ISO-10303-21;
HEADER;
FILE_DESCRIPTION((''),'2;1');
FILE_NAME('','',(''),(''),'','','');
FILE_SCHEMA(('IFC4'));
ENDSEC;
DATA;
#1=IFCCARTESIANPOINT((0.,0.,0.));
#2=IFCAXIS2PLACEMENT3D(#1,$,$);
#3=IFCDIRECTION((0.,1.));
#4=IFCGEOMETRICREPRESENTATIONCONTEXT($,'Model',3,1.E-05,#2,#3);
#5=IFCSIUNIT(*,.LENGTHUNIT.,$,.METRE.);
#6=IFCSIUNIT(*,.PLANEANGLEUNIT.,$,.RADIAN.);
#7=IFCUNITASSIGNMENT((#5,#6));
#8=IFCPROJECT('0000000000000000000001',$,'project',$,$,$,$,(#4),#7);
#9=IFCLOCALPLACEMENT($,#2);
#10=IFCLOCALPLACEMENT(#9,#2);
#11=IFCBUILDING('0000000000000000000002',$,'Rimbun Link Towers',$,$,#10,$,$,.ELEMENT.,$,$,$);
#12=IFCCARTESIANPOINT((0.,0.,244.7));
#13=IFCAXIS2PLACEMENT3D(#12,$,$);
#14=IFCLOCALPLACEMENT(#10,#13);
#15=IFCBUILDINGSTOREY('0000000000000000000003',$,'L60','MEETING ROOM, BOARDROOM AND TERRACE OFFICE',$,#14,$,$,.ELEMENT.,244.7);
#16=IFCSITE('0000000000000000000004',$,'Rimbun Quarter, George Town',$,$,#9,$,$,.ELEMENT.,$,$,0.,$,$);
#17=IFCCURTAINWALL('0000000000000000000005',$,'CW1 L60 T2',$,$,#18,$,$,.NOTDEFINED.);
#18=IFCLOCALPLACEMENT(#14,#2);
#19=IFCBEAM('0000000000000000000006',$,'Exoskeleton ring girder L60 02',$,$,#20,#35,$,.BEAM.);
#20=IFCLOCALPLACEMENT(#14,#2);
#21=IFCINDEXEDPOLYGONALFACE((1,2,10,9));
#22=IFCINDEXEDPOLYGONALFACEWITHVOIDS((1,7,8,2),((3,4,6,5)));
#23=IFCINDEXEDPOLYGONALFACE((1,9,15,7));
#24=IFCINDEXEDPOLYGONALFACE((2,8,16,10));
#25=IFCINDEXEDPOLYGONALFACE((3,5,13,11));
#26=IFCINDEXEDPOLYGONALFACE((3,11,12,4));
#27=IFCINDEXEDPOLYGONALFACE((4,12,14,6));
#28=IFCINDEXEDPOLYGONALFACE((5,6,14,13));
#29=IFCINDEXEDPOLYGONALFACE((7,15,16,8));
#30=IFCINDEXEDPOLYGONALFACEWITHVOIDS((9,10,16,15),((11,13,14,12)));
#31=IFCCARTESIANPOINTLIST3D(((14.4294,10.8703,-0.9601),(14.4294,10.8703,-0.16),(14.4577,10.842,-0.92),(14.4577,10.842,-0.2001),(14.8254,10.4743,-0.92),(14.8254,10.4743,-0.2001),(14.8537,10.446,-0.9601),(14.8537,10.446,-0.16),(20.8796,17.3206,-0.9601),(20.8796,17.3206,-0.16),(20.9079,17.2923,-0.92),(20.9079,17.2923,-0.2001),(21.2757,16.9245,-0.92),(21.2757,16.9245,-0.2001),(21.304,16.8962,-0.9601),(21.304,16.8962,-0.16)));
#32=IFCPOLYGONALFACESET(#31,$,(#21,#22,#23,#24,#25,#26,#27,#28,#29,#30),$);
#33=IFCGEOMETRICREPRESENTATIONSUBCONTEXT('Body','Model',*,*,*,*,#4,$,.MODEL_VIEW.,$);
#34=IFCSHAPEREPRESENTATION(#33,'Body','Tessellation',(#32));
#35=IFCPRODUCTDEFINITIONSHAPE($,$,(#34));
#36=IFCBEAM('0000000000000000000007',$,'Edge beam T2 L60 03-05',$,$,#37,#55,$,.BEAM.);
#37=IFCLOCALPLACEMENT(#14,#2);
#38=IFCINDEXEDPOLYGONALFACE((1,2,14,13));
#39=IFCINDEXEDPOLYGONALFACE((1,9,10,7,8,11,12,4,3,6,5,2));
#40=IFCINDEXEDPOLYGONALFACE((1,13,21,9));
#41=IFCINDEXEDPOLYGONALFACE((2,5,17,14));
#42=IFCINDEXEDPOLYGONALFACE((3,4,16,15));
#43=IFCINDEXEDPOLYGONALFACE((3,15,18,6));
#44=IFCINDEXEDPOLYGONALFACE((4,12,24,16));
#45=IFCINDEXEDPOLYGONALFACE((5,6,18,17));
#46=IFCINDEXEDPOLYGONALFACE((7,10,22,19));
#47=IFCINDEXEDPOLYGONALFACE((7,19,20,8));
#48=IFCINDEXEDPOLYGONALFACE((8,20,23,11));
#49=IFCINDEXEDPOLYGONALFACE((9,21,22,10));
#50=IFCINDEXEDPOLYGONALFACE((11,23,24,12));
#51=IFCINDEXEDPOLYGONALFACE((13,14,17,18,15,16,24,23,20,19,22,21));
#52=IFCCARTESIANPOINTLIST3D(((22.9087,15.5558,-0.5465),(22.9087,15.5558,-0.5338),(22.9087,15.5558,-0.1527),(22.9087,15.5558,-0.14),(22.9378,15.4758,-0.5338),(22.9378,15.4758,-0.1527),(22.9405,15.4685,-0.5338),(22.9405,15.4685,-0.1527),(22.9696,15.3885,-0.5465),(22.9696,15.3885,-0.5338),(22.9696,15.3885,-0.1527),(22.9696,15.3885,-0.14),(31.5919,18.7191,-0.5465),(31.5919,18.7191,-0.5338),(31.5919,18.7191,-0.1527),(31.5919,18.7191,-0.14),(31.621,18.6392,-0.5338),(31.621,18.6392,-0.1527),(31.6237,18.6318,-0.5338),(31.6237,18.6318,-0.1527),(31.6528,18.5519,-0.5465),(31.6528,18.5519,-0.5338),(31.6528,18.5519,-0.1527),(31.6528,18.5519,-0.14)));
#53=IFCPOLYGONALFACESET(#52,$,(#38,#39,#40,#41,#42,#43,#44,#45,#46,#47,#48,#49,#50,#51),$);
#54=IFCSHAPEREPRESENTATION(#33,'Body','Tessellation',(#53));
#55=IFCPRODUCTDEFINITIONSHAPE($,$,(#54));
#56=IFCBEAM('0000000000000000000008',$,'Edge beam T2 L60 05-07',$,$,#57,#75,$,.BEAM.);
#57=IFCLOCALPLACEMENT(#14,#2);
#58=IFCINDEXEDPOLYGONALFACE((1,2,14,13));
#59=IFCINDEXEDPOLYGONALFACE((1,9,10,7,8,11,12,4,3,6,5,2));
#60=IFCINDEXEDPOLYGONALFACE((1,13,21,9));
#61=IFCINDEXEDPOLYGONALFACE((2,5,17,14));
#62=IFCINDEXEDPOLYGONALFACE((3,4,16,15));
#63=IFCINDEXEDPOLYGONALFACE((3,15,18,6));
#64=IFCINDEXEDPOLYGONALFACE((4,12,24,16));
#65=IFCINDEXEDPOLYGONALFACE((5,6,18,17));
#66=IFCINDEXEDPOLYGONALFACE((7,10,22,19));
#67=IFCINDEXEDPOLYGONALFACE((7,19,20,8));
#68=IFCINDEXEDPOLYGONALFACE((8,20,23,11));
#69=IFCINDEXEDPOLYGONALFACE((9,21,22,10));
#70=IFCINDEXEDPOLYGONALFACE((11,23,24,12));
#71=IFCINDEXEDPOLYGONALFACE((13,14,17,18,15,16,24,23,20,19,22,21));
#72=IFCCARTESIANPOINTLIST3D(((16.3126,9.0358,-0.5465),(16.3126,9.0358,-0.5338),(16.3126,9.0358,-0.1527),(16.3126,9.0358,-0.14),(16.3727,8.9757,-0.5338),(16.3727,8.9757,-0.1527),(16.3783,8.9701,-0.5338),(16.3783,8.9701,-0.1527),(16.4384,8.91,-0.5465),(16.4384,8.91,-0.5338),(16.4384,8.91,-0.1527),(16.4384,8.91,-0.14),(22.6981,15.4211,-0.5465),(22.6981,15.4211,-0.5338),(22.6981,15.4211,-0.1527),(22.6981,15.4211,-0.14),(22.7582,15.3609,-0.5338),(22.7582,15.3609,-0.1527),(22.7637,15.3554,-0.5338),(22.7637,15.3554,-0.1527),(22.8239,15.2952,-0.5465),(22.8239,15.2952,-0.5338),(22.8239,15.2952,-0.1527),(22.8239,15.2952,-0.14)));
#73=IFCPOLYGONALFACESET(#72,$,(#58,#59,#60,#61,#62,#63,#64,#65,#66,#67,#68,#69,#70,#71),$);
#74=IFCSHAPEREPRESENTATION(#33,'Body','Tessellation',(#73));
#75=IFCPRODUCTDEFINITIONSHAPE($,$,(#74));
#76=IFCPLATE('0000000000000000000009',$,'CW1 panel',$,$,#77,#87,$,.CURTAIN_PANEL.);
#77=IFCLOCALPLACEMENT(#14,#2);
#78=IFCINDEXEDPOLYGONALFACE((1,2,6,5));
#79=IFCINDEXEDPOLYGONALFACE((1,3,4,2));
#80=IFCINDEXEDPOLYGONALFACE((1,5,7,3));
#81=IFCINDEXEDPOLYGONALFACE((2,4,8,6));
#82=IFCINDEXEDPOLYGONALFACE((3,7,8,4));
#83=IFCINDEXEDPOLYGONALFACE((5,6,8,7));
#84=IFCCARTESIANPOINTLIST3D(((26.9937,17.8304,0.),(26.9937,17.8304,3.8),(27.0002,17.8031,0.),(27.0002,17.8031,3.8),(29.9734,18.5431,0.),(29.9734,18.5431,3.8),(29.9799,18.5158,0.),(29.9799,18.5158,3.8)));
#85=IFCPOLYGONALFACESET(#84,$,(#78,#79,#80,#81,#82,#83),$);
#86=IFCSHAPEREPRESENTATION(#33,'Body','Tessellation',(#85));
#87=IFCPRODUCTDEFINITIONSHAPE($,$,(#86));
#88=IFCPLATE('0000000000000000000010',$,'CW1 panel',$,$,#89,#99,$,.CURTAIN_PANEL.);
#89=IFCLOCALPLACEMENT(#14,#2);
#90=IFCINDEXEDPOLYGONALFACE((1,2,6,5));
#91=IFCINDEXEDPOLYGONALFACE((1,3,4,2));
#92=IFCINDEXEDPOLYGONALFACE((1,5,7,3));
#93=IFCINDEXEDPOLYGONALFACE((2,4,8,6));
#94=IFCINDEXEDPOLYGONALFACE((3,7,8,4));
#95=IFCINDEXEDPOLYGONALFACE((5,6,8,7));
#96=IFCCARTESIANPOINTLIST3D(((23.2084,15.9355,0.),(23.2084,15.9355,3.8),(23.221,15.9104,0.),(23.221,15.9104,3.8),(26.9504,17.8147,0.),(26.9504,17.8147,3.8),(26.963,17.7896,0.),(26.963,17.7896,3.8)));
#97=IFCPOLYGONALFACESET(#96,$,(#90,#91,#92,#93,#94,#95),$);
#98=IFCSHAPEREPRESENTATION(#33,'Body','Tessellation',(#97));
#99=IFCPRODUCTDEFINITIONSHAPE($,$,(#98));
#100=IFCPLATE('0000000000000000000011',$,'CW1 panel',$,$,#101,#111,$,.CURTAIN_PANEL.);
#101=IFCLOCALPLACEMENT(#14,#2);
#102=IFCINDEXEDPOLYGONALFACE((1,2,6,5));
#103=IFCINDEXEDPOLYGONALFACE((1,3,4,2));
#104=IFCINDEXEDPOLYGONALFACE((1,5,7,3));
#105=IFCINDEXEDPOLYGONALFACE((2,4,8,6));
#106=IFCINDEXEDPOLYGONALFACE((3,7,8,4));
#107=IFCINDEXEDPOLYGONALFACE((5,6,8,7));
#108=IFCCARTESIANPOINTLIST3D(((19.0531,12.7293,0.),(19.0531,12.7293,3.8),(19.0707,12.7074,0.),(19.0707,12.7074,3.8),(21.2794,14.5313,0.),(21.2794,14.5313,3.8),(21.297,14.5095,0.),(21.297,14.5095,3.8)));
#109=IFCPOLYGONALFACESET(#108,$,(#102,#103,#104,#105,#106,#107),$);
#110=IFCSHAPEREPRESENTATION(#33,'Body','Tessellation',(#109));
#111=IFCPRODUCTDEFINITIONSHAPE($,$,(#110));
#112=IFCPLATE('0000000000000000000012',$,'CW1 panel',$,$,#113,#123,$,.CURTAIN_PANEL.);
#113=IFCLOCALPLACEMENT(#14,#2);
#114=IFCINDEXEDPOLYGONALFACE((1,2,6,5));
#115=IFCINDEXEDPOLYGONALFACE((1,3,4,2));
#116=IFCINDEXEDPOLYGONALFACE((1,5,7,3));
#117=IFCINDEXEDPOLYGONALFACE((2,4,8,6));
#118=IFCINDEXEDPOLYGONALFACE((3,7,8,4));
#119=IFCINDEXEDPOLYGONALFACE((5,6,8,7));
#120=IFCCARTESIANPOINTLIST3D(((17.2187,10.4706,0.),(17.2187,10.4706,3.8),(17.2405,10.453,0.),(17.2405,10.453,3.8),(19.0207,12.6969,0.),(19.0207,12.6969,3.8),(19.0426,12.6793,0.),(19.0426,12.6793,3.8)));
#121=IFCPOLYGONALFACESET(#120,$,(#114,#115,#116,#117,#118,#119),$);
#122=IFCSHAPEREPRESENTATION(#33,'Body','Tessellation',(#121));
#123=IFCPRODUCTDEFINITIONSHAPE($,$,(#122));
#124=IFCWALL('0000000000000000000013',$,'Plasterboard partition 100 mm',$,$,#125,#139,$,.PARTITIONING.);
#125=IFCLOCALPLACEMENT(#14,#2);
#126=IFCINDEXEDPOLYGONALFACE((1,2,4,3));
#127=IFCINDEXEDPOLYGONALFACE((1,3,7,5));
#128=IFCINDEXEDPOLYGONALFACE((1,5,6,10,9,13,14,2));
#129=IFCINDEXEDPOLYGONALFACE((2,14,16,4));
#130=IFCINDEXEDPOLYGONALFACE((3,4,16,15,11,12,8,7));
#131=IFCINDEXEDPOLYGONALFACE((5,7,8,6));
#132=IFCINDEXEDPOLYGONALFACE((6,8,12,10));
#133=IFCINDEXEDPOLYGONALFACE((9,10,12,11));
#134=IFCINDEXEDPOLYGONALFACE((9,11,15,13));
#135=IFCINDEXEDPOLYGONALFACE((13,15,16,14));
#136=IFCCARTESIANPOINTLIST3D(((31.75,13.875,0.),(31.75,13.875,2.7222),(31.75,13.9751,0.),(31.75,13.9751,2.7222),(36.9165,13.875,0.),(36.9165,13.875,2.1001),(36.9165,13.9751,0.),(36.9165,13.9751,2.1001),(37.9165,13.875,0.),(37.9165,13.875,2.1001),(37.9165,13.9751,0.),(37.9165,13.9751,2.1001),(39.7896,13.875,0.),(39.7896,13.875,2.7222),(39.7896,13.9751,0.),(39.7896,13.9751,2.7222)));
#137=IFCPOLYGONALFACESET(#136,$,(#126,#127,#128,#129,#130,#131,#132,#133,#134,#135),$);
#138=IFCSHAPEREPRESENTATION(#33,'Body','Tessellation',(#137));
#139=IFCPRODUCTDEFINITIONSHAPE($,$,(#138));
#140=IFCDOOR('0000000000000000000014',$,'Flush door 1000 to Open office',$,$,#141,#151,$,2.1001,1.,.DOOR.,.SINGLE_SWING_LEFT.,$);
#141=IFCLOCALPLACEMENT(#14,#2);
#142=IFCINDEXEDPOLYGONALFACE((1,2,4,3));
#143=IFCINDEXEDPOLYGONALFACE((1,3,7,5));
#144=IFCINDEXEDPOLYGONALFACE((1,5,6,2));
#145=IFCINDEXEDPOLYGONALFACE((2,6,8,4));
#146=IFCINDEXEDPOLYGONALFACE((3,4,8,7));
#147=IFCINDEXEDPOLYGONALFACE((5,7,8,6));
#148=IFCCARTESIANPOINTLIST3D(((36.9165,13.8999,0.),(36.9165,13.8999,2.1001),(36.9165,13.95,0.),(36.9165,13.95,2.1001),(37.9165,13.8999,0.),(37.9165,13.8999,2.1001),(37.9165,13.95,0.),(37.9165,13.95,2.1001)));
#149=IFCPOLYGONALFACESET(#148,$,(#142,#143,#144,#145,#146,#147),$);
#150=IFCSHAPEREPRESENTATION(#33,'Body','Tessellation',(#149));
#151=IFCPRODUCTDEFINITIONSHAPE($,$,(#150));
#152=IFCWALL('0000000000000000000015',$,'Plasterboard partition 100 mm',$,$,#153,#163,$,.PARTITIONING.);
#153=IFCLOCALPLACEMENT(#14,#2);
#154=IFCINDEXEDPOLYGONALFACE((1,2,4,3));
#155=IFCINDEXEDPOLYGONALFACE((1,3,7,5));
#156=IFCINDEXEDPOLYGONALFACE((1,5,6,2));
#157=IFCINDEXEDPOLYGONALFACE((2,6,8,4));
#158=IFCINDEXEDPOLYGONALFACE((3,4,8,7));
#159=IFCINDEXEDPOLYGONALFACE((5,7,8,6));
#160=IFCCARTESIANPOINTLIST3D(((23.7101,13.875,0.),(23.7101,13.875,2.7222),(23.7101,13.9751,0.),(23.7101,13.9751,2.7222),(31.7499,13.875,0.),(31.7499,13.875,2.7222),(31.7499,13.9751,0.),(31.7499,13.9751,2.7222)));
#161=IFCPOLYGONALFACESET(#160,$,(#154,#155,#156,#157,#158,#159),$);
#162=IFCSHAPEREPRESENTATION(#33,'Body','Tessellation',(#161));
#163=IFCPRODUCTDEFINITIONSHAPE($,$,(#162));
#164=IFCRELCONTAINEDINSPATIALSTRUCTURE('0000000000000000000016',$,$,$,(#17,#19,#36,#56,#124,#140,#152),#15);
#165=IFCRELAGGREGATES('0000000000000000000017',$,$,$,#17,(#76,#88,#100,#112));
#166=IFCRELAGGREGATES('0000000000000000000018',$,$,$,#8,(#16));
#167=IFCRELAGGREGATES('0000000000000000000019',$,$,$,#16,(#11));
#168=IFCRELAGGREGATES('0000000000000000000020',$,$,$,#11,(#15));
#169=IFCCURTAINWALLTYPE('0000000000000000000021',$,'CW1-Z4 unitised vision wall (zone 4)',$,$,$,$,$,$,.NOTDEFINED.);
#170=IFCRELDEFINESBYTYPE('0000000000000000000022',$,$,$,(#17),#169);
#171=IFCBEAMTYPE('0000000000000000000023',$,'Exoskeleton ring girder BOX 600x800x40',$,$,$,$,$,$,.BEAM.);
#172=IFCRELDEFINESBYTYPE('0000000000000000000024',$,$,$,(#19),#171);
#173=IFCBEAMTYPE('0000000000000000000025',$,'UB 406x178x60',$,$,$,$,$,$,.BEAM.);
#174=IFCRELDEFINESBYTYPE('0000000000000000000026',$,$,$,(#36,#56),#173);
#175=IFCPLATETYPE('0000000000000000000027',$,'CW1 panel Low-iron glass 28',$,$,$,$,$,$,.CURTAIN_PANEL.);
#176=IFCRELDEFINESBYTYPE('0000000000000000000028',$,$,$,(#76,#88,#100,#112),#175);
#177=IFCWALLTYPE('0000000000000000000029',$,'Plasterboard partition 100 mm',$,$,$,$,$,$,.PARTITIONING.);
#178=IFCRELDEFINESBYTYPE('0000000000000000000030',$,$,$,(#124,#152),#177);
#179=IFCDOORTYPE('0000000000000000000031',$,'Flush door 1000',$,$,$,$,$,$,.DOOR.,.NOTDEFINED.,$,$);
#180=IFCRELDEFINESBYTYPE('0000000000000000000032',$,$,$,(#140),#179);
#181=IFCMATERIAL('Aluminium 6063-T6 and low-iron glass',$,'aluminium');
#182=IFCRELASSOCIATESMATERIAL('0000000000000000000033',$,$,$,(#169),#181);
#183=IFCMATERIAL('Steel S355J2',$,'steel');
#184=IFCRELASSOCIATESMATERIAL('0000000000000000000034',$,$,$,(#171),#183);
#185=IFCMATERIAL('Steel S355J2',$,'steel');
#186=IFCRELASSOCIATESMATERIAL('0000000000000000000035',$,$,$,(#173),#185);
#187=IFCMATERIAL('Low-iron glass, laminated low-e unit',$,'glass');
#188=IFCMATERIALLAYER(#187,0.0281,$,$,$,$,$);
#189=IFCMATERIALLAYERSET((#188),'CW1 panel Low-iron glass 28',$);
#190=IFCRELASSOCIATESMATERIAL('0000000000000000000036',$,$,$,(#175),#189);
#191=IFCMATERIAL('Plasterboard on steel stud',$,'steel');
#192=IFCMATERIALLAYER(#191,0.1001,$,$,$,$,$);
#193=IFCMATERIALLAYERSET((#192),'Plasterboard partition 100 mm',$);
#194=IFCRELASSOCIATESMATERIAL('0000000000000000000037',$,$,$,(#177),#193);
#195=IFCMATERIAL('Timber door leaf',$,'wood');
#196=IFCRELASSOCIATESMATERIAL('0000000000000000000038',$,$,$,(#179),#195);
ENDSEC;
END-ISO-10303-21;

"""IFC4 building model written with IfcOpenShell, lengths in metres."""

from ifc_helpers import new_model, si_unit, direction, frame, frame_2d, origin, origin_2d, place, context, subcontext, project, spatial, rectangle, hollow_rectangle, i_section, extrude, material, layer, layer_set, material_profile, profile_set, type_object, element, fill, aggregate, save


model = new_model("IFC4")

# Units and contexts
model_context = context("Model", 3, precision=1e-05, world=origin(), true_north=direction((0.0, 1.0)))
body_context = subcontext(model_context, "Body", "Model", "MODEL_VIEW")
ifc_project = project(units=[si_unit("LENGTHUNIT", "METRE"), si_unit("PLANEANGLEUNIT", "RADIAN")], contexts=[model_context])

# Site, building, storey
site_placement = place(None, origin())
site = spatial("IfcSite", under=ifc_project, at=site_placement, Name="Rimbun Quarter, George Town", CompositionType="ELEMENT", RefElevation=0.0)
building_placement = place(site_placement, origin())
building = spatial("IfcBuilding", under=site, at=building_placement, Name="Rimbun Link Towers", CompositionType="ELEMENT")
storey_placement = place(building_placement, frame((0.0, 0.0, 244.7)))
storey = spatial("IfcBuildingStorey", under=building, at=storey_placement, Name="L60", Description="MEETING ROOM, BOARDROOM AND TERRACE OFFICE", CompositionType="ELEMENT", Elevation=244.7)

# Curtain wall
ifc_material_1 = material(Name="Aluminium 6063-T6 and low-iron glass", Category="aluminium")
curtain_wall_type = type_object("IfcCurtainWallType", Name="CW1-Z4 unitised vision wall (zone 4)", PredefinedType="NOTDEFINED", material=ifc_material_1)
curtain_wall_placement = place(storey_placement, origin())
curtain_wall = element("IfcCurtainWall", 1, at=curtain_wall_placement, inside=storey, type_object=curtain_wall_type, Name="CW1 L60 T2", PredefinedType="NOTDEFINED")

# Beams
ifc_material_2 = material(Name="Steel S355J2", Category="steel")
ifc_material_profile_1 = material_profile(ifc_material_2, hollow_rectangle(XDim=0.6001, YDim=0.8, WallThickness=0.04, at=origin_2d()), Name="Exoskeleton ring girder BOX 600x800x40")
ifc_profile_set_1 = profile_set([ifc_material_profile_1], Name="Steel S355J2")
beam_type_1 = type_object("IfcBeamType", Name="Exoskeleton ring girder BOX 600x800x40", PredefinedType="BEAM", material=ifc_profile_set_1)
beam_1_placement = place(storey_placement, frame((21.0918, 17.1084, -0.5601), z_axis=(-0.707107, -0.707107, 0.0), x_axis=(0.707107, -0.707107, 0.0)))
element("IfcBeam", 2, at=beam_1_placement, inside=storey, type_object=beam_type_1, Name="Exoskeleton ring girder L60 02", PredefinedType="BEAM", context=body_context, shape_type="SweptSolid", body=[
    extrude(hollow_rectangle(XDim=0.6001, YDim=0.8, WallThickness=0.04, at=origin_2d()), origin(), (0.0, 0.0, 1.0), 9.1221),
])
ifc_material_3 = material(Name="Steel S355J2", Category="steel")
ifc_material_profile_2 = material_profile(ifc_material_3, i_section(OverallWidth=0.178, OverallDepth=0.4065, WebThickness=0.0078, FlangeThickness=0.0127, at=origin_2d()), Name="UB 406x178x60")
ifc_profile_set_2 = profile_set([ifc_material_profile_2], Name="Steel S355J2")
beam_type_2 = type_object("IfcBeamType", Name="UB 406x178x60", PredefinedType="BEAM", material=ifc_profile_set_2)
beam_2_placement = place(storey_placement, frame((31.6223, 18.6355, -0.3433), z_axis=(-0.93959, -0.342301, 0.0), x_axis=(0.342301, -0.93959, 0.0)))
element("IfcBeam", 3, at=beam_2_placement, inside=storey, type_object=beam_type_2, Name="Edge beam T2 L60 03-05", PredefinedType="BEAM", context=body_context, shape_type="SweptSolid", body=[
    extrude(i_section(OverallWidth=0.178, OverallDepth=0.4065, WebThickness=0.0078, FlangeThickness=0.0127, at=origin_2d()), origin(), (0.0, 0.0, 1.0), 9.2415),
])
beam_3_placement = place(storey_placement, frame((22.761, 15.3582, -0.3433), z_axis=(-0.70712, -0.707093, 0.0), x_axis=(0.707093, -0.70712, 0.0)))
element("IfcBeam", 4, at=beam_3_placement, inside=storey, type_object=beam_type_2, Name="Edge beam T2 L60 05-07", PredefinedType="BEAM", context=body_context, shape_type="SweptSolid", body=[
    extrude(i_section(OverallWidth=0.178, OverallDepth=0.4065, WebThickness=0.0078, FlangeThickness=0.0127, at=origin_2d()), origin(), (0.0, 0.0, 1.0), 9.0303),
])

# Plates
ifc_material_4 = material(Name="Low-iron glass, laminated low-e unit", Category="glass")
ifc_layer_1 = layer(ifc_material_4, 0.0281)
ifc_layer_set_1 = layer_set([ifc_layer_1], Name="CW1 panel Low-iron glass 28")
plate_type = type_object("IfcPlateType", Name="CW1 panel Low-iron glass 28", PredefinedType="CURTAIN_PANEL", material=ifc_layer_set_1)
plate_1_placement = place(storey_placement, frame((28.4868, 18.1731, 0.0), z_axis=(0.0, 0.0, 1.0), x_axis=(0.972571, 0.232605, 0.0)))
plate_1 = element("IfcPlate", 5, at=plate_1_placement, type_object=plate_type, Name="CW1 panel", PredefinedType="CURTAIN_PANEL", context=body_context, shape_type="SweptSolid", body=[
    extrude(rectangle(XDim=3.0637, YDim=0.0281, at=origin_2d()), origin(), (0.0, 0.0, 1.0), 3.8),
])
plate_2_placement = place(storey_placement, frame((25.0857, 16.8625, 0.0), z_axis=(0.0, 0.0, 1.0), x_axis=(0.893647, 0.44877, 0.0)))
plate_2 = element("IfcPlate", 6, at=plate_2_placement, type_object=plate_type, Name="CW1 panel", PredefinedType="CURTAIN_PANEL", context=body_context, shape_type="SweptSolid", body=[
    extrude(rectangle(XDim=4.1873, YDim=0.0281, at=origin_2d()), origin(), (0.0, 0.0, 1.0), 3.8),
])
plate_3_placement = place(storey_placement, frame((20.175, 13.6194, 0.0), z_axis=(0.0, 0.0, 1.0), x_axis=(0.777277, 0.629159, 0.0)))
plate_3 = element("IfcPlate", 7, at=plate_3_placement, type_object=plate_type, Name="CW1 panel", PredefinedType="CURTAIN_PANEL", context=body_context, shape_type="SweptSolid", body=[
    extrude(rectangle(XDim=2.8643, YDim=0.0281, at=origin_2d()), origin(), (0.0, 0.0, 1.0), 3.8),
])
plate_4_placement = place(storey_placement, frame((18.1306, 11.575, 0.0), z_axis=(0.0, 0.0, 1.0), x_axis=(0.629159, 0.777277, 0.0)))
plate_4 = element("IfcPlate", 8, at=plate_4_placement, type_object=plate_type, Name="CW1 panel", PredefinedType="CURTAIN_PANEL", context=body_context, shape_type="SweptSolid", body=[
    extrude(rectangle(XDim=2.8643, YDim=0.0281, at=origin_2d()), origin(), (0.0, 0.0, 1.0), 3.8),
])
aggregate(curtain_wall, [plate_1, plate_2, plate_3, plate_4])

# Wall, opening, door
ifc_material_5 = material(Name="Plasterboard on steel stud", Category="steel")
ifc_layer_2 = layer(ifc_material_5, 0.1001)
ifc_layer_set_2 = layer_set([ifc_layer_2], Name="Plasterboard partition 100 mm")
wall_type = type_object("IfcWallType", Name="Plasterboard partition 100 mm", PredefinedType="PARTITIONING", material=ifc_layer_set_2)
wall_1_placement = place(storey_placement, frame((31.75, 13.925, 0.0), z_axis=(0.0, 0.0, 1.0), x_axis=(1.0, 0.0, 0.0)))
wall_1 = element("IfcWall", 9, at=wall_1_placement, inside=storey, type_object=wall_type, Name="Plasterboard partition 100 mm", PredefinedType="PARTITIONING", context=body_context, shape_type="SweptSolid", body=[
    extrude(rectangle(XDim=8.0396, YDim=0.1001, at=frame_2d((4.0198, 0.0))), origin(), (0.0, 0.0, 1.0), 2.7222),
])
opening_1_placement = place(wall_1_placement, frame((5.1665, 0.0, 0.0)))
opening_1 = element("IfcOpeningElement", 10, at=opening_1_placement, cuts=wall_1, PredefinedType="OPENING", context=body_context, shape_type="SweptSolid", body=[
    extrude(rectangle(XDim=1.0, YDim=2.1001, at=frame_2d((0.5, 1.05))), frame((0.0, 0.0601, 0.0), z_axis=(0.0, -1.0, 0.0), x_axis=(1.0, 0.0, 0.0)), (0.0, 0.0, 1.0), 0.1201),
])
ifc_material_6 = material(Name="Timber door leaf", Category="wood")
door_type_1 = type_object("IfcDoorType", Name="Flush door 1000", OperationType="NOTDEFINED", PredefinedType="DOOR", material=ifc_material_6)
door_1_placement = place(opening_1_placement, origin())
door_1 = element("IfcDoor", 11, at=door_1_placement, inside=storey, type_object=door_type_1, Name="Flush door 1000 to Open office", OperationType="SINGLE_SWING_LEFT", OverallHeight=2.1001, OverallWidth=1.0, PredefinedType="DOOR", context=body_context, shape_type="SweptSolid", body=[
    extrude(rectangle(XDim=1.0, YDim=2.1001, at=frame_2d((0.5, 1.05))), frame((0.0, 0.0249, 0.0), z_axis=(0.0, -1.0, 0.0), x_axis=(1.0, 0.0, 0.0)), (0.0, 0.0, 1.0), 0.05),
])
fill(opening_1, door_1)

# Wall
wall_2_placement = place(storey_placement, frame((31.75, 13.925, 0.0), z_axis=(0.0, 0.0, 1.0), x_axis=(-1.0, 0.0, 0.0)))
element("IfcWall", 12, at=wall_2_placement, inside=storey, type_object=wall_type, Name="Plasterboard partition 100 mm", PredefinedType="PARTITIONING", context=body_context, shape_type="SweptSolid", body=[
    extrude(rectangle(XDim=8.0398, YDim=0.1001, at=frame_2d((4.02, 0.0))), origin(), (0.0, 0.0, 1.0), 2.7222),
])

save(model, "model.ifc")
